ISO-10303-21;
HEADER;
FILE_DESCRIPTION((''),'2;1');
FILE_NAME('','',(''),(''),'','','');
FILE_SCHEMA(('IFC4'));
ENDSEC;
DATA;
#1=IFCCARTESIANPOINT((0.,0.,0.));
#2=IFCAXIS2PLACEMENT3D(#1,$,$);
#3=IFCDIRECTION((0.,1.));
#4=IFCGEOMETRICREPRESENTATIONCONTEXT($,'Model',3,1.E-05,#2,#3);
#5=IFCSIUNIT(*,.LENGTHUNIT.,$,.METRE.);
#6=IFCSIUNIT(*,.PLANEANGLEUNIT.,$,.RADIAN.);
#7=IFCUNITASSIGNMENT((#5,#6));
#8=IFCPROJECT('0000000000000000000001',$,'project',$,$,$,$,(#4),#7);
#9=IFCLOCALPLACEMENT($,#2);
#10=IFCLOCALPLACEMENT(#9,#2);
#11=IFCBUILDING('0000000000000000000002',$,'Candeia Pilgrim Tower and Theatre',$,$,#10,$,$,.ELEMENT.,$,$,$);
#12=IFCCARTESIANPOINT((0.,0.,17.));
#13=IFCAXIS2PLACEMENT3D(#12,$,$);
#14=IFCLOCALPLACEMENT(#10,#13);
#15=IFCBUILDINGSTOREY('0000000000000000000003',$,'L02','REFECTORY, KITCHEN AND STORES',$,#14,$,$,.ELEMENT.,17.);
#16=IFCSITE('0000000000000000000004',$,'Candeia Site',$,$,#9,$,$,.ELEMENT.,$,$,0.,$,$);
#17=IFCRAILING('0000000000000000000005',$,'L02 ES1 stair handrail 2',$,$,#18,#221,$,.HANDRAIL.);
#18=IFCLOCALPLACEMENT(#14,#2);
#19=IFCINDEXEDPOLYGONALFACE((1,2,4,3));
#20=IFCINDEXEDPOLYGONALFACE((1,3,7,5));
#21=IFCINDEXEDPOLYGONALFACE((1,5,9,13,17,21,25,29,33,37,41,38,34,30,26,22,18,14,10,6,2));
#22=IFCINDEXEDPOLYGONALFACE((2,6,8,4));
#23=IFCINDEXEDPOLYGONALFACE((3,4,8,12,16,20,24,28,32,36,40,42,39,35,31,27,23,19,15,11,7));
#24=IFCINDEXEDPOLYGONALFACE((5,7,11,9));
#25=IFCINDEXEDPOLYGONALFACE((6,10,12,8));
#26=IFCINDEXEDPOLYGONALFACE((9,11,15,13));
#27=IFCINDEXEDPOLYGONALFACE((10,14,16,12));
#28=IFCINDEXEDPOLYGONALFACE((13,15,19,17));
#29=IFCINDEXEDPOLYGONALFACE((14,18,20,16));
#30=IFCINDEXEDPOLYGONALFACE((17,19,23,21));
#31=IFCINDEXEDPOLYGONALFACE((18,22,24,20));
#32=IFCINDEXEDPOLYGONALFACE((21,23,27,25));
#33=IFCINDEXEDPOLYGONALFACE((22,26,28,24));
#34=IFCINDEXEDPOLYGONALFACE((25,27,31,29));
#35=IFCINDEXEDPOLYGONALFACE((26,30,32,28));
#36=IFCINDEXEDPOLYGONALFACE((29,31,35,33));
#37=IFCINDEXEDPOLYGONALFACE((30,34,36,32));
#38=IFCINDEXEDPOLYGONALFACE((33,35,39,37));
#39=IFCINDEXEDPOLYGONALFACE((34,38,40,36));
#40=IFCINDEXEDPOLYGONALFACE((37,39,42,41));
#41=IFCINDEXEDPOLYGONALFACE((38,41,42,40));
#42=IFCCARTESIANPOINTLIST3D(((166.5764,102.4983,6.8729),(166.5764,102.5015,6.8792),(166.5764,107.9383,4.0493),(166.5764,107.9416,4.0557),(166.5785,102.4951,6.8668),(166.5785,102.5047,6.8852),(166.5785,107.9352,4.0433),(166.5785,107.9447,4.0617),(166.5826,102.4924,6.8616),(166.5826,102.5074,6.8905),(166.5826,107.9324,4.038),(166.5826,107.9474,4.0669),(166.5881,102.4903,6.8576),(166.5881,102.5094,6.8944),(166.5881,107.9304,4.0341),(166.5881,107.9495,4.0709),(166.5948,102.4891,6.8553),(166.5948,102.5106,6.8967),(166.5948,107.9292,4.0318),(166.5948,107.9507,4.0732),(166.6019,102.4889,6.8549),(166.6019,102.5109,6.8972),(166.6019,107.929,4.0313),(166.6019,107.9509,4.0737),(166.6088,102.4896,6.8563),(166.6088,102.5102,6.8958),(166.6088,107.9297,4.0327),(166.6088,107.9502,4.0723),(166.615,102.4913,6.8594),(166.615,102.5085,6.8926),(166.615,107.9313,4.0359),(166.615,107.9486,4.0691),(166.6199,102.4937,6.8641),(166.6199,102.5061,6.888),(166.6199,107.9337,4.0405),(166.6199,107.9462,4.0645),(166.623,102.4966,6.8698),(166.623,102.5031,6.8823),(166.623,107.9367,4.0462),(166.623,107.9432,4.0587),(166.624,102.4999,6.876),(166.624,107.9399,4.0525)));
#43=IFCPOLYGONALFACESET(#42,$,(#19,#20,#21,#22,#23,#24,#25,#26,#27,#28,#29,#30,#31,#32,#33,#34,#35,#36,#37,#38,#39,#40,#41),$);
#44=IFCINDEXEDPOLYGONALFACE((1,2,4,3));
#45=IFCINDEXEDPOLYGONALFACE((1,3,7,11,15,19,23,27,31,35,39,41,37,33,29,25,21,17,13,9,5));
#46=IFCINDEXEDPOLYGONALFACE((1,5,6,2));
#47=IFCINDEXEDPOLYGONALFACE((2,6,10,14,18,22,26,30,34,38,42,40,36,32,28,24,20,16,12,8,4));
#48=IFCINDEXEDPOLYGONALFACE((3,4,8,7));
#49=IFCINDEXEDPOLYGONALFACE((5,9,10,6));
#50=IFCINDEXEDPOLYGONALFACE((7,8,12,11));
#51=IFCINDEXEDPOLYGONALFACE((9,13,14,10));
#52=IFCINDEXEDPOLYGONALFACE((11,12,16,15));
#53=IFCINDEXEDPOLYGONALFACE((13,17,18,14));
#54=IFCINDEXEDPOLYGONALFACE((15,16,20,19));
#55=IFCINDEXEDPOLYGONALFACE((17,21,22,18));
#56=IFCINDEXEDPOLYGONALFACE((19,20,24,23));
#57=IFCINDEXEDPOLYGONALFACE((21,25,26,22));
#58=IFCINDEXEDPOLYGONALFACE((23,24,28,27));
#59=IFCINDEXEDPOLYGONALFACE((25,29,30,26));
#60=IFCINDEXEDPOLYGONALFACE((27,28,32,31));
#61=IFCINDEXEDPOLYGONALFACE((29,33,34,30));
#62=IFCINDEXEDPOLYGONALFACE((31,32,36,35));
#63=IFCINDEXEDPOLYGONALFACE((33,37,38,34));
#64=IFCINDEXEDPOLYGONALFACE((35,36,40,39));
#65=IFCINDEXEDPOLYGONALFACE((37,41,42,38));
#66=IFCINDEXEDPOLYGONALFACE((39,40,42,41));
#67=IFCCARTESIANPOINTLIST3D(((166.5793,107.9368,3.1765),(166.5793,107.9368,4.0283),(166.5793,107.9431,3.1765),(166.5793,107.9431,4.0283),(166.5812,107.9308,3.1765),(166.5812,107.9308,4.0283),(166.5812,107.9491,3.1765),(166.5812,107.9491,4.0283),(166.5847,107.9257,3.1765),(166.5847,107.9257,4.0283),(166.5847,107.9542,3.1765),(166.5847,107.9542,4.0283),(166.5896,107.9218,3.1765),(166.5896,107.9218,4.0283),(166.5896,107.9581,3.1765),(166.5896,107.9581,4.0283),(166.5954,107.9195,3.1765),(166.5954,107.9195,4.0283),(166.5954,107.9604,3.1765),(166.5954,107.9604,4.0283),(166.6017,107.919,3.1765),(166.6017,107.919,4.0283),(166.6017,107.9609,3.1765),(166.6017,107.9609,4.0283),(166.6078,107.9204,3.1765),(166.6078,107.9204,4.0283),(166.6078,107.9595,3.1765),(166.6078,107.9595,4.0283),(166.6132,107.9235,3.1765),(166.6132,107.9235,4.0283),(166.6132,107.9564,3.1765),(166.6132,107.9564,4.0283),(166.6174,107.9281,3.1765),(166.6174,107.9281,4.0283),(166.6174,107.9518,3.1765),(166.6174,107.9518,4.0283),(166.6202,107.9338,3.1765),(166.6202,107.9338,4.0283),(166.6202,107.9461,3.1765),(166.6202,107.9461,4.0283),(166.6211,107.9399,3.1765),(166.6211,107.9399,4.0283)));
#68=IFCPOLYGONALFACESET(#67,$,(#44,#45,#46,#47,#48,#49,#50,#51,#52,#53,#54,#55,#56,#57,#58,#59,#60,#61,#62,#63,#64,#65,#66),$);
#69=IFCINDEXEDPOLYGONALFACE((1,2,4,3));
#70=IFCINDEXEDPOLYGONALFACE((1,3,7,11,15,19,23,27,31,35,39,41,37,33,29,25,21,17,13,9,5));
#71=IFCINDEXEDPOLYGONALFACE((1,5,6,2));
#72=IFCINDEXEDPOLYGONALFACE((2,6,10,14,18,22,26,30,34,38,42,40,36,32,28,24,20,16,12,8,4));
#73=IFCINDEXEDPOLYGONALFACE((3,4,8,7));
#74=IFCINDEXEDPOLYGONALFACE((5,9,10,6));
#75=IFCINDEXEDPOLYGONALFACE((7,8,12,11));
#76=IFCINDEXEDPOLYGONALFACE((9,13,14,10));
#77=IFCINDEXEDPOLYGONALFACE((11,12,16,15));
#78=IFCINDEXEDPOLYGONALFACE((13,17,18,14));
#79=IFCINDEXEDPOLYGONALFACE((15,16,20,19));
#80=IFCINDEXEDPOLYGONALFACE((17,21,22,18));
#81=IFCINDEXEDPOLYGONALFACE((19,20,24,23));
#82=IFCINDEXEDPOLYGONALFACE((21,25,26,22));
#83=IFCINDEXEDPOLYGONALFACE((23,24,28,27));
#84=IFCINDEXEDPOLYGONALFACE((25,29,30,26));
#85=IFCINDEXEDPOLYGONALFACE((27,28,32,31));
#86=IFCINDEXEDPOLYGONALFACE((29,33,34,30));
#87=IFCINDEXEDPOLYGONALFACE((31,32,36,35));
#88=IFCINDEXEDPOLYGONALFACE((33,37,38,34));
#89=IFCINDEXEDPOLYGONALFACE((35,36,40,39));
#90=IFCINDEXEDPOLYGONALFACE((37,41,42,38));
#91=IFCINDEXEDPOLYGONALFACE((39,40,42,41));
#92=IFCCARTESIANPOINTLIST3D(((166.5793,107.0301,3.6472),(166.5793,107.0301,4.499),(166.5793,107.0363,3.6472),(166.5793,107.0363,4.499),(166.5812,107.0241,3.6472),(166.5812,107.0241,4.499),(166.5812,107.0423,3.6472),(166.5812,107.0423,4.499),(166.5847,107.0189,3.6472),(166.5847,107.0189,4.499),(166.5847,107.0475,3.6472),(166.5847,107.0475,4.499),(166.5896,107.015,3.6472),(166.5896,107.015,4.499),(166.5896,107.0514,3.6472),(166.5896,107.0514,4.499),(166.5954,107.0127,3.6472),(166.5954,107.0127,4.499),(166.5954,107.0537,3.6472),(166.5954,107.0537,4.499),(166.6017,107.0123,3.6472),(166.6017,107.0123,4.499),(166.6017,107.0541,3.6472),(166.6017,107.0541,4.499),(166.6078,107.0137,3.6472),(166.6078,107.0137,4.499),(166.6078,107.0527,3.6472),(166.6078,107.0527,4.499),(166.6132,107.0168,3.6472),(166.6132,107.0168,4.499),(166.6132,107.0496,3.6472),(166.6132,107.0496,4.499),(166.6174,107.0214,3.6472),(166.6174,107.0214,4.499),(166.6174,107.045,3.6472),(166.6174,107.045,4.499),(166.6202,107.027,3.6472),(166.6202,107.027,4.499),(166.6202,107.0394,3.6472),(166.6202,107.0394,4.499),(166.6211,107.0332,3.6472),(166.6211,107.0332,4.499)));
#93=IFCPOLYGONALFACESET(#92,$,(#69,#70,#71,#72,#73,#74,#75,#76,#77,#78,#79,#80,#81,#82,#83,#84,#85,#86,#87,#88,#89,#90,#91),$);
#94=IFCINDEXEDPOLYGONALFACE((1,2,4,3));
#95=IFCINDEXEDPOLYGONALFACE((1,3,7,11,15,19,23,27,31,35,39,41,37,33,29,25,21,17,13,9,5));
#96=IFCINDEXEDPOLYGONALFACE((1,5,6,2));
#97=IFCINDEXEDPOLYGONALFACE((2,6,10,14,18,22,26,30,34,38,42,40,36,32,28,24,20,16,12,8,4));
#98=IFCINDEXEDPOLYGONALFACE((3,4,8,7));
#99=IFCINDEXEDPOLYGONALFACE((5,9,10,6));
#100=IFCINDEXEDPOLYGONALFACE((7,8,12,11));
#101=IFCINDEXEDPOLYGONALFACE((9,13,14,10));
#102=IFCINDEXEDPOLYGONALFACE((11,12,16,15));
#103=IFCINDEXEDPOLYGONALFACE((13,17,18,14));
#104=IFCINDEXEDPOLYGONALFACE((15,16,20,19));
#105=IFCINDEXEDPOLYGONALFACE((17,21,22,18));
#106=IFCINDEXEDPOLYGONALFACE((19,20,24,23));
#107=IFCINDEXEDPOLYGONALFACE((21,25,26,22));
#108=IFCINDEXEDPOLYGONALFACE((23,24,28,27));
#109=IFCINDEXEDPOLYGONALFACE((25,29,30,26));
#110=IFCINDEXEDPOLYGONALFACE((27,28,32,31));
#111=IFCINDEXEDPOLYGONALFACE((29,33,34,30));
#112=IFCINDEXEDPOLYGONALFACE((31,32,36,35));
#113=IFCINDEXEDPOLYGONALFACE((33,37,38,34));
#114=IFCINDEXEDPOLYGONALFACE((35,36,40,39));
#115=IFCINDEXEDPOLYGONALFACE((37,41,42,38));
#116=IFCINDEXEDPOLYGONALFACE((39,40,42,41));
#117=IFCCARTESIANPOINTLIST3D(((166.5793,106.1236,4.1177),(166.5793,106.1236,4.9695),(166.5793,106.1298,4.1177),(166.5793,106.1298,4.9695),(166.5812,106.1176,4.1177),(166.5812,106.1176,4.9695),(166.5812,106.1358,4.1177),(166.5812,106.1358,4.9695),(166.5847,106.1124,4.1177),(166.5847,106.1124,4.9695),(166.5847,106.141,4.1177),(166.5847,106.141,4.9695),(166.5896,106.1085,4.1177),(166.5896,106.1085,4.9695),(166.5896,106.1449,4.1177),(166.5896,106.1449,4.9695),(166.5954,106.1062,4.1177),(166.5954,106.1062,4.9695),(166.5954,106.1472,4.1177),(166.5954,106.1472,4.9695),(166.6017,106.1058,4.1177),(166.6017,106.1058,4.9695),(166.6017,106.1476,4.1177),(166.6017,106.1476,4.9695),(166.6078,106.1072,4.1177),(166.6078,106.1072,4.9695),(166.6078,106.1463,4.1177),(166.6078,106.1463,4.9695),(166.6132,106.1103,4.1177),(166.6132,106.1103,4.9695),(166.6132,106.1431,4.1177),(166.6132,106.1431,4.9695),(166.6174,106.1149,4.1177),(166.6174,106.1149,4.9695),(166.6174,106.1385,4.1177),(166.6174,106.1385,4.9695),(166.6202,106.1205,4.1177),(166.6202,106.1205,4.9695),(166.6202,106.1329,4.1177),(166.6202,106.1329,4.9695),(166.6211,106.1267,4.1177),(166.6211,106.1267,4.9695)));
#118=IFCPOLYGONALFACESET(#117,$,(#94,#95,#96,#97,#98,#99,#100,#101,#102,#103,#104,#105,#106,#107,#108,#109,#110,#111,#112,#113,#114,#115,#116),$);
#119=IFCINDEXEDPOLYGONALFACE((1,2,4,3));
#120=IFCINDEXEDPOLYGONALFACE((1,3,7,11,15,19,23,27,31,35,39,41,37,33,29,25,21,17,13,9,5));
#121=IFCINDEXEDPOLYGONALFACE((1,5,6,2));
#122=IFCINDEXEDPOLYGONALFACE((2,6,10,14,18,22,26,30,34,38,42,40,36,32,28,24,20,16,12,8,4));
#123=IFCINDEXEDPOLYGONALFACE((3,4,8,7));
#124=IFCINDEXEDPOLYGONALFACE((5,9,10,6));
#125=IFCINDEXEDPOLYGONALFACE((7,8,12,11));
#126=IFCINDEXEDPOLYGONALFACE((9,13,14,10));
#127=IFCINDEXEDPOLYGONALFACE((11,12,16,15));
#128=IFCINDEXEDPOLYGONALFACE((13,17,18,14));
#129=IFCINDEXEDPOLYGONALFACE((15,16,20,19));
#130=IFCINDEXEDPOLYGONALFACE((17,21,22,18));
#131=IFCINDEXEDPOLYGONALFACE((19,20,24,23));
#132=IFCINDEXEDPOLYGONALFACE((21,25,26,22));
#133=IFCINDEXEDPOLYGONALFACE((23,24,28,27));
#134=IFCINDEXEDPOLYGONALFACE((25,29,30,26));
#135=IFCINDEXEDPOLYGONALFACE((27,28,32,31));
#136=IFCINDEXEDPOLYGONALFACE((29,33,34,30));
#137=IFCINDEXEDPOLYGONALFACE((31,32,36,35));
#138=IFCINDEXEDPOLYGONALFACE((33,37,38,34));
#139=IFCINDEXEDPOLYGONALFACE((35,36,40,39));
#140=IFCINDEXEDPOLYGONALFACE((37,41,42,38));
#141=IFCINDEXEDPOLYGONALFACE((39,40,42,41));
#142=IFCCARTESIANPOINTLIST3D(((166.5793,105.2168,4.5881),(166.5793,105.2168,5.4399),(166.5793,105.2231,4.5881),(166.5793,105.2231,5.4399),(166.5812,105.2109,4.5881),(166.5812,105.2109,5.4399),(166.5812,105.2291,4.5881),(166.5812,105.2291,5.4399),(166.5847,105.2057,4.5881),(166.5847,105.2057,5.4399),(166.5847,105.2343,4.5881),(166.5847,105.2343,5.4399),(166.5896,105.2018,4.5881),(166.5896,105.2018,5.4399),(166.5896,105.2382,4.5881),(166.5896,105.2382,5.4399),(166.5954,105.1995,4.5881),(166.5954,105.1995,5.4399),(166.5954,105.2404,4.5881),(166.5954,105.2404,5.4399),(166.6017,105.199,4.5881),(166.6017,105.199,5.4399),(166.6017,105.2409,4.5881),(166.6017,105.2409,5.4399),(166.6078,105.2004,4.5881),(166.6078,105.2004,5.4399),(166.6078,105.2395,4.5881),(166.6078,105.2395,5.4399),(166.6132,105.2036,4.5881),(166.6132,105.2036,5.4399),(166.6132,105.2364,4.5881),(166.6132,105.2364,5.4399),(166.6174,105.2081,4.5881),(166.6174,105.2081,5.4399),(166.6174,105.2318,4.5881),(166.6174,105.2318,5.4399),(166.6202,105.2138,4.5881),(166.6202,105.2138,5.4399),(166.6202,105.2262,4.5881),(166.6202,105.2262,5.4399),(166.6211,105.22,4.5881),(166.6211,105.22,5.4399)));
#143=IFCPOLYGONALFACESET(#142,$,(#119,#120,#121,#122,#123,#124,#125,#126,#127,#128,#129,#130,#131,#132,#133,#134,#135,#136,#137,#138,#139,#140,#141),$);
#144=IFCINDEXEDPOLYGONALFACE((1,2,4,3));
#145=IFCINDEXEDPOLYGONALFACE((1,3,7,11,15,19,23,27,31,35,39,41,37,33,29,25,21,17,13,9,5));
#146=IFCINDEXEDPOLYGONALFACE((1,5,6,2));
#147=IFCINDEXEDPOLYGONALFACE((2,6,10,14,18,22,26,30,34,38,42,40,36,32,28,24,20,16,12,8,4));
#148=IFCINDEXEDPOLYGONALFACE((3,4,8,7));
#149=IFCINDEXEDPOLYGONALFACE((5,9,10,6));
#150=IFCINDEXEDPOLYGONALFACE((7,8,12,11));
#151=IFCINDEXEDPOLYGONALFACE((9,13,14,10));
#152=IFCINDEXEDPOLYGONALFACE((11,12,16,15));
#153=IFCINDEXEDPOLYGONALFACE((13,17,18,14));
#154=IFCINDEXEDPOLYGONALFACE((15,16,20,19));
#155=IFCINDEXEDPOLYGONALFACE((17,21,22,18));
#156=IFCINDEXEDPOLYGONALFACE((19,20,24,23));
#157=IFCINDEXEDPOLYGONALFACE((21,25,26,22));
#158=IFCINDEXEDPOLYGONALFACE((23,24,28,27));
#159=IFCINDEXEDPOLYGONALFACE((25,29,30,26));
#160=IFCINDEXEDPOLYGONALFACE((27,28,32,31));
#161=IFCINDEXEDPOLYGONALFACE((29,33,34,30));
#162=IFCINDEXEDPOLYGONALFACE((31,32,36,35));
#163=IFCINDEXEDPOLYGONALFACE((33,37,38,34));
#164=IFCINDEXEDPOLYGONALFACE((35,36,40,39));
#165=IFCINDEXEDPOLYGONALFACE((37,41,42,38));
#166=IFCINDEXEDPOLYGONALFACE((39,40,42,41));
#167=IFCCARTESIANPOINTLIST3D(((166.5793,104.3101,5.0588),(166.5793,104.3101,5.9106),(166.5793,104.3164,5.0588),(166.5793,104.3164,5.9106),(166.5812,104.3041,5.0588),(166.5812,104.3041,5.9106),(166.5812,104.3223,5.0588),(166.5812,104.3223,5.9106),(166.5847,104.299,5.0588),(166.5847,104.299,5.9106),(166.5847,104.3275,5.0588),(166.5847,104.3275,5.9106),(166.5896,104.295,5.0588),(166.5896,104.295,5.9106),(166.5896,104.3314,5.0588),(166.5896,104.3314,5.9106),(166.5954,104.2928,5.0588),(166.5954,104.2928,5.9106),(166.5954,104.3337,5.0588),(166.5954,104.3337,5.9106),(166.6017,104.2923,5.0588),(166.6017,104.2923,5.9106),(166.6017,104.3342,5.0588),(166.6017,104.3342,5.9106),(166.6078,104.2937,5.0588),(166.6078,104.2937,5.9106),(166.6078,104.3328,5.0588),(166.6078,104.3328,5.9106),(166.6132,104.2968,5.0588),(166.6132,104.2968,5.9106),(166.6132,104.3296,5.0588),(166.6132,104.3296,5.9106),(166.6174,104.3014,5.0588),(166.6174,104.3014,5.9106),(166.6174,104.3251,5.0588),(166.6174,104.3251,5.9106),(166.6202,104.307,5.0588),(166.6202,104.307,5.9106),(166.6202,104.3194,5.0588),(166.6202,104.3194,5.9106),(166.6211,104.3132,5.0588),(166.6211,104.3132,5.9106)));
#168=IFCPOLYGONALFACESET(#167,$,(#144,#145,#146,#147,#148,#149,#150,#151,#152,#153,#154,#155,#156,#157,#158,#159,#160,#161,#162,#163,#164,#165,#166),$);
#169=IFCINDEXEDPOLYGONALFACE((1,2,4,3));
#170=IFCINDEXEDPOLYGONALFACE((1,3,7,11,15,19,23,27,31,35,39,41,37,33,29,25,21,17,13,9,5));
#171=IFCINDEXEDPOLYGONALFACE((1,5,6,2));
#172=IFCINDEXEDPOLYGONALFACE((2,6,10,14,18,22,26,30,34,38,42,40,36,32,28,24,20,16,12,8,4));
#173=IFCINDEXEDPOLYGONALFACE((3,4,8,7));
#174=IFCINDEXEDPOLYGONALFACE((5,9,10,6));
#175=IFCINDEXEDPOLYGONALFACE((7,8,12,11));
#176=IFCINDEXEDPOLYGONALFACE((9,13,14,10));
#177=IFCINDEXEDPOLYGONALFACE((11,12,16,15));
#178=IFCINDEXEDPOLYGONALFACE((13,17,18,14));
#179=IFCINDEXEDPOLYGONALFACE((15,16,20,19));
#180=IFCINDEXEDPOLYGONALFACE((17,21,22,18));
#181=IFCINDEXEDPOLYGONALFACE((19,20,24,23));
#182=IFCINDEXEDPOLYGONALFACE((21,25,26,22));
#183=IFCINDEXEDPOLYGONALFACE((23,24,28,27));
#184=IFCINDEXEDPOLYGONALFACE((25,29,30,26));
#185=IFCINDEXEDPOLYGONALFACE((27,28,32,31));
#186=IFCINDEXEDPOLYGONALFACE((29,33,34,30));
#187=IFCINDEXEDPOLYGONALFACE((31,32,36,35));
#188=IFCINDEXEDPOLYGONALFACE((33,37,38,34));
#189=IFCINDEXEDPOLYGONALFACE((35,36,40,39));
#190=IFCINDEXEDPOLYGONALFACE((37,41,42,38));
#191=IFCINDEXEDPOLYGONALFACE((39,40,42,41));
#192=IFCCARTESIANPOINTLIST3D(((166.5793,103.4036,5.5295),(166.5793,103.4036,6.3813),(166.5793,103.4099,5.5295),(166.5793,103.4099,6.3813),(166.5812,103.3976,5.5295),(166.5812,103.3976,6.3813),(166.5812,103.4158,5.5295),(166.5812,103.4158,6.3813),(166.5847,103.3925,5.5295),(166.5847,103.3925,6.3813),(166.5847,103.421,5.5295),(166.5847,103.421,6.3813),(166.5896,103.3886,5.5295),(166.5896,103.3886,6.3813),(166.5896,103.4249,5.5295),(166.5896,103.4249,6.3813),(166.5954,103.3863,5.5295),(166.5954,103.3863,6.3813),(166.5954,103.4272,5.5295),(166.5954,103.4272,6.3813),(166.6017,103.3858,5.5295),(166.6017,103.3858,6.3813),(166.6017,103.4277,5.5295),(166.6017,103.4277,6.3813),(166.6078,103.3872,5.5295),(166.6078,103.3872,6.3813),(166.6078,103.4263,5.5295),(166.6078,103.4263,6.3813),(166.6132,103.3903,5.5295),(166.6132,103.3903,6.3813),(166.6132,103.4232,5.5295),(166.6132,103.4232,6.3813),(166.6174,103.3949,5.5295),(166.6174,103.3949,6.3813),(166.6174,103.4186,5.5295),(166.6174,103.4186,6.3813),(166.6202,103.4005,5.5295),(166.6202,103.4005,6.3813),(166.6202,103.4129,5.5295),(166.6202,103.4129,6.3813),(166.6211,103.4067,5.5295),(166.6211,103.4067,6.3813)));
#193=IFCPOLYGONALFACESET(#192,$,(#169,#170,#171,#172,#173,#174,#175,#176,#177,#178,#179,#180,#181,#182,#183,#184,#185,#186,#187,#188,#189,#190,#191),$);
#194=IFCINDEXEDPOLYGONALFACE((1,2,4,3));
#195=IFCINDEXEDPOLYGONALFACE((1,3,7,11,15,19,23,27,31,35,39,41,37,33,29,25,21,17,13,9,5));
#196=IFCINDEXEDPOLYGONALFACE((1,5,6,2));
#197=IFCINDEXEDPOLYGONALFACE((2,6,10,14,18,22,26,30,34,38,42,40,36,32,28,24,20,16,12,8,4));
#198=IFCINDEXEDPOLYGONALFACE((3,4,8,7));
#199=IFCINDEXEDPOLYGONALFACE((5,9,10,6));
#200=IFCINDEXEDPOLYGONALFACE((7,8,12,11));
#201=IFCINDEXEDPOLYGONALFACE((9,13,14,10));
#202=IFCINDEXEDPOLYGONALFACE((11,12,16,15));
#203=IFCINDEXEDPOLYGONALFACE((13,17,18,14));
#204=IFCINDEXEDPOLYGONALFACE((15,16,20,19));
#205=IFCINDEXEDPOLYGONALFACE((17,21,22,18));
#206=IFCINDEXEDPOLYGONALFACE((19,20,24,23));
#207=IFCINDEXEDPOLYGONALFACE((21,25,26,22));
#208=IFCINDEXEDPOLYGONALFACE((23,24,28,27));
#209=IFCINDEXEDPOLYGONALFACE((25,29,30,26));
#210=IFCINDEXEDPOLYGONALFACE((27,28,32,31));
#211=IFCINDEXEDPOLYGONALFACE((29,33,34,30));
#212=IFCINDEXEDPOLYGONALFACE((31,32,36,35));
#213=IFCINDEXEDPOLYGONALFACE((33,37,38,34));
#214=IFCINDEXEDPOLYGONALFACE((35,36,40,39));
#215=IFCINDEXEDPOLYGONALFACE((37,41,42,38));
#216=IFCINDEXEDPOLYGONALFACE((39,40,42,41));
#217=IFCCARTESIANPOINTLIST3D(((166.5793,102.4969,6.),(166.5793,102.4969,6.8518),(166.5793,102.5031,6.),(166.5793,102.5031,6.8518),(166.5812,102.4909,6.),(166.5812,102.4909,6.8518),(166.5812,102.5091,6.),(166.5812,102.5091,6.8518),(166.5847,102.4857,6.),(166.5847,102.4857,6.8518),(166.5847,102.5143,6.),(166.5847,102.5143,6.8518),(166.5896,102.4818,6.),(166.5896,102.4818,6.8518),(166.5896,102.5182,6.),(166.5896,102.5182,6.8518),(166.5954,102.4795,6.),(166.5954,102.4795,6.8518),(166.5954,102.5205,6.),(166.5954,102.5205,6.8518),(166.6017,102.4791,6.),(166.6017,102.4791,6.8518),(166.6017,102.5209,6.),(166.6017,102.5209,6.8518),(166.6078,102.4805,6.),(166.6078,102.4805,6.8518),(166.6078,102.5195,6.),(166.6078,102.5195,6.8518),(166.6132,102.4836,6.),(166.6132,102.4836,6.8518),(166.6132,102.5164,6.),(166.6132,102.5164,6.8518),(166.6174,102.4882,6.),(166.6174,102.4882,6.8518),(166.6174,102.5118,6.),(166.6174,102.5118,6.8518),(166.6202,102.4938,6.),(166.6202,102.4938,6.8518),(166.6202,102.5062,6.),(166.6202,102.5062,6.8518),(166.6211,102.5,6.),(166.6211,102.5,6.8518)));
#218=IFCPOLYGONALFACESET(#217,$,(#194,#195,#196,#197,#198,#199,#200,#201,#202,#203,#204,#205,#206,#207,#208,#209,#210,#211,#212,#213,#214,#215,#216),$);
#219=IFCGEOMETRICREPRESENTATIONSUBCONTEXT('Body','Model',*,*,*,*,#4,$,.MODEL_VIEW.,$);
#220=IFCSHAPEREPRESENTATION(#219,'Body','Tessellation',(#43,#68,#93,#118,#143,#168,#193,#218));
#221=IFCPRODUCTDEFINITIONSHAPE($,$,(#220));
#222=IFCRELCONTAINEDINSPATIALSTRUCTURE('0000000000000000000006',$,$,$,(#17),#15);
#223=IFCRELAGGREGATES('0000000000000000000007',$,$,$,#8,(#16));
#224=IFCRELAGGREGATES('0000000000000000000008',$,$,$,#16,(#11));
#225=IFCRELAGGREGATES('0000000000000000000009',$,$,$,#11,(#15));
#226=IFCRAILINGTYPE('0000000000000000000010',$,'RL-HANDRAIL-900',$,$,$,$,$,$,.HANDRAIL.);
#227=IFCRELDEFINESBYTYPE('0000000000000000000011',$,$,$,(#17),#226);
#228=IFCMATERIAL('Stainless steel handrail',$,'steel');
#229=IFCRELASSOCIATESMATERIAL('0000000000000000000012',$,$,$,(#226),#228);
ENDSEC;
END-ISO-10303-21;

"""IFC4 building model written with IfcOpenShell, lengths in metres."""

from ifc_helpers import new_model, si_unit, direction, frame, origin, origin_2d, place, context, subcontext, project, spatial, circle, extrude, material, type_object, element, save


model = new_model("IFC4")

# Units and contexts
model_context = context("Model", 3, precision=1e-05, world=origin(), true_north=direction((0.0, 1.0)))
body_context = subcontext(model_context, "Body", "Model", "MODEL_VIEW")
ifc_project = project(units=[si_unit("LENGTHUNIT", "METRE"), si_unit("PLANEANGLEUNIT", "RADIAN")], contexts=[model_context])

# Site, building, storey
site_placement = place(None, origin())
site = spatial("IfcSite", under=ifc_project, at=site_placement, Name="Candeia Site", CompositionType="ELEMENT", RefElevation=0.0)
building_placement = place(site_placement, origin())
building = spatial("IfcBuilding", under=site, at=building_placement, Name="Candeia Pilgrim Tower and Theatre", CompositionType="ELEMENT")
storey_placement = place(building_placement, frame((0.0, 0.0, 17.0)))
storey = spatial("IfcBuildingStorey", under=building, at=storey_placement, Name="L02", Description="REFECTORY, KITCHEN AND STORES", CompositionType="ELEMENT", Elevation=17.0)

# Railing
ifc_material_1 = material(Name="Stainless steel handrail", Category="steel")
railing_type_1 = type_object("IfcRailingType", Name="RL-HANDRAIL-900", PredefinedType="HANDRAIL", material=ifc_material_1)
railing_1_placement = place(storey_placement, frame((166.6001, 107.9399, 3.1765)))
element("IfcRailing", 1, at=railing_1_placement, inside=storey, type_object=railing_type_1, Name="L02 ES1 stair handrail 2", PredefinedType="HANDRAIL", context=body_context, shape_type="SweptSolid", body=[
    extrude(circle(Radius=0.0239, at=origin_2d()), frame((0.0, 0.0, 0.876), z_axis=(0.0, -0.887569, 0.460674), x_axis=(1.0, 0.0, 0.0)), (0.0, 0.0, 1.0), 6.1292),
    extrude(circle(Radius=0.021, at=origin_2d()), origin(), (0.0, 0.0, 1.0), 0.8518),
    extrude(circle(Radius=0.021, at=origin_2d()), frame((0.0, -0.9067, 0.4707)), (0.0, 0.0, 1.0), 0.8518),
    extrude(circle(Radius=0.021, at=origin_2d()), frame((0.0, -1.8132, 0.9412)), (0.0, 0.0, 1.0), 0.8518),
    extrude(circle(Radius=0.021, at=origin_2d()), frame((0.0, -2.72, 1.4116)), (0.0, 0.0, 1.0), 0.8518),
    extrude(circle(Radius=0.021, at=origin_2d()), frame((0.0, -3.6267, 1.8823)), (0.0, 0.0, 1.0), 0.8518),
    extrude(circle(Radius=0.021, at=origin_2d()), frame((0.0, -4.5332, 2.353)), (0.0, 0.0, 1.0), 0.8518),
    extrude(circle(Radius=0.021, at=origin_2d()), frame((0.0, -5.4399, 2.8235)), (0.0, 0.0, 1.0), 0.8518),
])

save(model, "model.ifc")
